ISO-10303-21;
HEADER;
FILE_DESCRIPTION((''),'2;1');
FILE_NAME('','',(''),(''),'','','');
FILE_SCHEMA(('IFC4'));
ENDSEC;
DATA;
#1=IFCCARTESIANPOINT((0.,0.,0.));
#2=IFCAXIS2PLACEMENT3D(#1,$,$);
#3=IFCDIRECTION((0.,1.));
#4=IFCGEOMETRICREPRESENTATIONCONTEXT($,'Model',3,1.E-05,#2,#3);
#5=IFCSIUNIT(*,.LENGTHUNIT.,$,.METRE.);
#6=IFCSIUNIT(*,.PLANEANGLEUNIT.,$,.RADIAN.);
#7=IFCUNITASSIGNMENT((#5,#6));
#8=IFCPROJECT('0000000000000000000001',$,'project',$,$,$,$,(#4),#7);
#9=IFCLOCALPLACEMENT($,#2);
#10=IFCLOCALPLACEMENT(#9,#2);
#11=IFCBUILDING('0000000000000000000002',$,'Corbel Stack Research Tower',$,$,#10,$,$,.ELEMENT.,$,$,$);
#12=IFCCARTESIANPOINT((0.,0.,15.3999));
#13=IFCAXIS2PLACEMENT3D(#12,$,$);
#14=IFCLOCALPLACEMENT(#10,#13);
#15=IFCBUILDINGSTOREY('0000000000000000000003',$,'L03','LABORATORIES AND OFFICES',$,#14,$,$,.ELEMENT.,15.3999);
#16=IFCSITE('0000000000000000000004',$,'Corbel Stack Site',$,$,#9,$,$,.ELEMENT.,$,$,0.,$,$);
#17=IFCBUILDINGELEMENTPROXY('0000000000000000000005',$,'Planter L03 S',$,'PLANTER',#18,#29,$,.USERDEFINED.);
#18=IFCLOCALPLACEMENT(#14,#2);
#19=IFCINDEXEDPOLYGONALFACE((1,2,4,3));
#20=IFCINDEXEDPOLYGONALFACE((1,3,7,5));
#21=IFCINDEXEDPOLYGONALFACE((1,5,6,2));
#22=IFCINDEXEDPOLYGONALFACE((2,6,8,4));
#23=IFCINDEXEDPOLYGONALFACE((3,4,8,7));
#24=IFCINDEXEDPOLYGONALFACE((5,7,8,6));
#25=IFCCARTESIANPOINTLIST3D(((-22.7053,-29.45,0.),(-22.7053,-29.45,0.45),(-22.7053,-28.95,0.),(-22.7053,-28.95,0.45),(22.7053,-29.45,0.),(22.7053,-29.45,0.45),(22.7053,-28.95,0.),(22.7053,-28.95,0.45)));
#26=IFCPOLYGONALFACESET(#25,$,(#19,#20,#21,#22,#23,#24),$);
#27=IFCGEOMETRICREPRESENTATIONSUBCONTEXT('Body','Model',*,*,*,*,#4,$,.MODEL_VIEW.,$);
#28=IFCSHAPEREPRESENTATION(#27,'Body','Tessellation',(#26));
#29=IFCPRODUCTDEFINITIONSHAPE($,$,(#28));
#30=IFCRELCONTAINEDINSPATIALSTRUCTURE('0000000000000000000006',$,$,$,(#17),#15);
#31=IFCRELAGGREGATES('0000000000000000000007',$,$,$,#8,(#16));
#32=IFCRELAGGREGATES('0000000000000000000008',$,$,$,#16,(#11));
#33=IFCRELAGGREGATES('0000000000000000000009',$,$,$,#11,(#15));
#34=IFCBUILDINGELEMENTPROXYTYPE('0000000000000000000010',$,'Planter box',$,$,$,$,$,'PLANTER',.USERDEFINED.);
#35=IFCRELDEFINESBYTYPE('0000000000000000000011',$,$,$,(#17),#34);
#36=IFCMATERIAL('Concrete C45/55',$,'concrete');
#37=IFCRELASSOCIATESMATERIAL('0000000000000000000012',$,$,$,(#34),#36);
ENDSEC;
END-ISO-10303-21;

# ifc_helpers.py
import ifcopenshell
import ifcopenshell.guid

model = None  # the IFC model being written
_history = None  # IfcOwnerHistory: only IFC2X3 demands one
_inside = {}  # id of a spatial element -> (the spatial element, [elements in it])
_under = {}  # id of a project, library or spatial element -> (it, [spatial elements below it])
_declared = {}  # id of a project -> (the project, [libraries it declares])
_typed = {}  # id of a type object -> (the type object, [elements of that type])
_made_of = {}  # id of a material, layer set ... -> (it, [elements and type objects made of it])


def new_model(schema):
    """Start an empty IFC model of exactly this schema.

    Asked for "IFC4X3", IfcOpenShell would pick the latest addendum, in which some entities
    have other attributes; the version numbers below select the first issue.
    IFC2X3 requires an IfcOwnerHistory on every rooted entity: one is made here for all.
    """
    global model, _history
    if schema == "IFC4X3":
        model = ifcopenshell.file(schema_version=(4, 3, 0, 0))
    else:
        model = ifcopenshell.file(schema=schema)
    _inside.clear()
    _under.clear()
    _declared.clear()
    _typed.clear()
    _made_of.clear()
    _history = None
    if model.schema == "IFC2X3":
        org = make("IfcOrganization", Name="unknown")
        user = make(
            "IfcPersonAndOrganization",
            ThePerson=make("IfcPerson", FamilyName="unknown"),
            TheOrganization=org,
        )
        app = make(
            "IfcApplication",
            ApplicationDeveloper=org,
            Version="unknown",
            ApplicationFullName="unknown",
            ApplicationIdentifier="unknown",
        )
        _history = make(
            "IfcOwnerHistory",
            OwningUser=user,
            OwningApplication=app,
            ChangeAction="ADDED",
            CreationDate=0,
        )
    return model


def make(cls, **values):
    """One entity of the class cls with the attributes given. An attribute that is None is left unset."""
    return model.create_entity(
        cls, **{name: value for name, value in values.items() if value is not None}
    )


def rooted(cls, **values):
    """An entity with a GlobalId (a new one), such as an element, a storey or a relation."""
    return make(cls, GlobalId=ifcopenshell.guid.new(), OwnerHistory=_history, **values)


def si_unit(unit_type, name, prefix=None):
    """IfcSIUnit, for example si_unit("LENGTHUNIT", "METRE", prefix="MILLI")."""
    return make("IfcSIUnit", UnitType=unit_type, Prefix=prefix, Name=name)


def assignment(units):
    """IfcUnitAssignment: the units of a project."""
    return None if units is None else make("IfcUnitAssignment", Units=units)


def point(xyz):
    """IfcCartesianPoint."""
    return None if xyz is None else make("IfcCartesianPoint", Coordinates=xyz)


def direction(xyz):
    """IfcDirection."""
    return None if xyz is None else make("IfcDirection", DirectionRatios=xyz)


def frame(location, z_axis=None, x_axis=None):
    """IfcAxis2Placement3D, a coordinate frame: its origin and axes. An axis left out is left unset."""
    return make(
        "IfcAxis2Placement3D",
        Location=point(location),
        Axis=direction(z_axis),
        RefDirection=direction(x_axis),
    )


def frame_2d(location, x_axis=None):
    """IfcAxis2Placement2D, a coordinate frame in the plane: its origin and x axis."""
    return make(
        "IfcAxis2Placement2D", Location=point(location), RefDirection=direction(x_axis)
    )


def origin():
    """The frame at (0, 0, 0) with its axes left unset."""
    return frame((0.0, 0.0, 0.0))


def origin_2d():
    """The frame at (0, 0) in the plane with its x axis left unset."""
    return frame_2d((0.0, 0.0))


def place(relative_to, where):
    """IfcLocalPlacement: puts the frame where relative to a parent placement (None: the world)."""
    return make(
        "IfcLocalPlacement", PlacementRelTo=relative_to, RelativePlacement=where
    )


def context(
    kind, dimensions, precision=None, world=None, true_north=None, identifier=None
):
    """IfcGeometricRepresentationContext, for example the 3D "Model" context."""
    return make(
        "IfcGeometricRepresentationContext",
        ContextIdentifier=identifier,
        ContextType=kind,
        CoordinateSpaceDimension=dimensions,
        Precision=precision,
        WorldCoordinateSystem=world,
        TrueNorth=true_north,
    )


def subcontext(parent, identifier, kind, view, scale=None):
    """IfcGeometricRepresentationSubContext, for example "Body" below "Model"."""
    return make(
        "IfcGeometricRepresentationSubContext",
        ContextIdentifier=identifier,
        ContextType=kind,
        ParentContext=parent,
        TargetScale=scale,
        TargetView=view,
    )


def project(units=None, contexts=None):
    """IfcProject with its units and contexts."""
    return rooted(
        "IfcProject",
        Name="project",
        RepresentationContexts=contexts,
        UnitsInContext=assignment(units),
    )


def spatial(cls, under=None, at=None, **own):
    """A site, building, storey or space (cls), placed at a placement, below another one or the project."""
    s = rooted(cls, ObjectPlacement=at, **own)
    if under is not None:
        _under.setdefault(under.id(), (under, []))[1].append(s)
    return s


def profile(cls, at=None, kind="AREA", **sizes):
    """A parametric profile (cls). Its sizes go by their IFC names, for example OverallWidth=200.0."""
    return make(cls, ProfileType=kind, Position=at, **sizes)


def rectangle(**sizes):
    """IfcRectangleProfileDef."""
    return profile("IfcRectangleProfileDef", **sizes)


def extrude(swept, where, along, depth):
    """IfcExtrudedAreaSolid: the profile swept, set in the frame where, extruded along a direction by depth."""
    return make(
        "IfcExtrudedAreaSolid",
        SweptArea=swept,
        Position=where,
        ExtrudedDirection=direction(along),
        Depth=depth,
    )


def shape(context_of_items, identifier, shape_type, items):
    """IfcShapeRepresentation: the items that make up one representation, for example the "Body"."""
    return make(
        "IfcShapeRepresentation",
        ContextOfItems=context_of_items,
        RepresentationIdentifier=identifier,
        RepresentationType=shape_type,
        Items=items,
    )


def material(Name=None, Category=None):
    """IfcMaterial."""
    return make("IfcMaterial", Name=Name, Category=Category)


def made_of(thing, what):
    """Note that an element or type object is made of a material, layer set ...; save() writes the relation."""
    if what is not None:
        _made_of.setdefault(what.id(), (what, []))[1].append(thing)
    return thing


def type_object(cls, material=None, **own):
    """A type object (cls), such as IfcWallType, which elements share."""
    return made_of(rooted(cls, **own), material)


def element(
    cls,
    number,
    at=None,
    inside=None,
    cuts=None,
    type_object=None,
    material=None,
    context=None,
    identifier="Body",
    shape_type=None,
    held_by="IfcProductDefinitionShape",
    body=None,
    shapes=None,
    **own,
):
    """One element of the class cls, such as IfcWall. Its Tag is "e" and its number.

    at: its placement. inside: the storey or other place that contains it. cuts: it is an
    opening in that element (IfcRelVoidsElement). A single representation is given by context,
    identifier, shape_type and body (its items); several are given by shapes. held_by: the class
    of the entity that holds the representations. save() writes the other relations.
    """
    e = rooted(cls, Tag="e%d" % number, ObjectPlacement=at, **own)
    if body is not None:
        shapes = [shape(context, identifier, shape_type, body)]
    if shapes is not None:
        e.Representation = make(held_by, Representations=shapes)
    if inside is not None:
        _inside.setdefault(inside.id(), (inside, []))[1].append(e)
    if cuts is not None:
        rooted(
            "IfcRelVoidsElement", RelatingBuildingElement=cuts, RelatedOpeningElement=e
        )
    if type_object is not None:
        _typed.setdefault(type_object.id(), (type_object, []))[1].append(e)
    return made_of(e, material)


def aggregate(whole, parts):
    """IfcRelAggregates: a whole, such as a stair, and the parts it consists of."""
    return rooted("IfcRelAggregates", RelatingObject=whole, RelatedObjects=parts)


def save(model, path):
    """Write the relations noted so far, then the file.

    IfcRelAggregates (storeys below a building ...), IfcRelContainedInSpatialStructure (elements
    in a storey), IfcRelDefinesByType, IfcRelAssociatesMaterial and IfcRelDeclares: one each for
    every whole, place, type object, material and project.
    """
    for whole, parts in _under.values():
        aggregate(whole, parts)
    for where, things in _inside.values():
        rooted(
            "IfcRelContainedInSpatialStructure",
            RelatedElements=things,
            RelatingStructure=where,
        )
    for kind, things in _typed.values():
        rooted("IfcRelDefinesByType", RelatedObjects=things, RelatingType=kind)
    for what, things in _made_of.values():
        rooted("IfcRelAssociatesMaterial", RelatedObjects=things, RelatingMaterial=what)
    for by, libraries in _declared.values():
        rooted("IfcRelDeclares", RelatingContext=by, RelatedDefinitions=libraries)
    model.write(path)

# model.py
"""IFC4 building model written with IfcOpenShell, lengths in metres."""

from ifc_helpers import new_model, si_unit, direction, frame, origin, origin_2d, place, context, subcontext, project, spatial, rectangle, extrude, material, type_object, element, save


model = new_model("IFC4")

# Units and contexts
model_context = context("Model", 3, precision=1e-05, world=origin(), true_north=direction((0.0, 1.0)))
body_context = subcontext(model_context, "Body", "Model", "MODEL_VIEW")
ifc_project = project(units=[si_unit("LENGTHUNIT", "METRE"), si_unit("PLANEANGLEUNIT", "RADIAN")], contexts=[model_context])

# Site, building, storey
site_placement = place(None, origin())
site = spatial("IfcSite", under=ifc_project, at=site_placement, Name="Corbel Stack Site", CompositionType="ELEMENT", RefElevation=0.0)
building_placement = place(site_placement, origin())
building = spatial("IfcBuilding", under=site, at=building_placement, Name="Corbel Stack Research Tower", CompositionType="ELEMENT")
storey_placement = place(building_placement, frame((0.0, 0.0, 15.3999)))
storey = spatial("IfcBuildingStorey", under=building, at=storey_placement, Name="L03", Description="LABORATORIES AND OFFICES", CompositionType="ELEMENT", Elevation=15.3999)

# Building element proxy
ifc_material_1 = material(Name="Concrete C45/55", Category="concrete")
building_element_proxy_type = type_object("IfcBuildingElementProxyType", Name="Planter box", ElementType="PLANTER", PredefinedType="USERDEFINED", material=ifc_material_1)
proxy_placement = place(storey_placement, frame((0.0, -29.2, 0.0), z_axis=(0.0, 0.0, 1.0), x_axis=(1.0, 0.0, 0.0)))
element("IfcBuildingElementProxy", 1, at=proxy_placement, inside=storey, type_object=building_element_proxy_type, Name="Planter L03 S", ObjectType="PLANTER", PredefinedType="USERDEFINED", context=body_context, shape_type="SweptSolid", body=[
    extrude(rectangle(XDim=45.4106, YDim=0.5, at=origin_2d()), origin(), (0.0, 0.0, 1.0), 0.45),
])

save(model, "model.ifc")
